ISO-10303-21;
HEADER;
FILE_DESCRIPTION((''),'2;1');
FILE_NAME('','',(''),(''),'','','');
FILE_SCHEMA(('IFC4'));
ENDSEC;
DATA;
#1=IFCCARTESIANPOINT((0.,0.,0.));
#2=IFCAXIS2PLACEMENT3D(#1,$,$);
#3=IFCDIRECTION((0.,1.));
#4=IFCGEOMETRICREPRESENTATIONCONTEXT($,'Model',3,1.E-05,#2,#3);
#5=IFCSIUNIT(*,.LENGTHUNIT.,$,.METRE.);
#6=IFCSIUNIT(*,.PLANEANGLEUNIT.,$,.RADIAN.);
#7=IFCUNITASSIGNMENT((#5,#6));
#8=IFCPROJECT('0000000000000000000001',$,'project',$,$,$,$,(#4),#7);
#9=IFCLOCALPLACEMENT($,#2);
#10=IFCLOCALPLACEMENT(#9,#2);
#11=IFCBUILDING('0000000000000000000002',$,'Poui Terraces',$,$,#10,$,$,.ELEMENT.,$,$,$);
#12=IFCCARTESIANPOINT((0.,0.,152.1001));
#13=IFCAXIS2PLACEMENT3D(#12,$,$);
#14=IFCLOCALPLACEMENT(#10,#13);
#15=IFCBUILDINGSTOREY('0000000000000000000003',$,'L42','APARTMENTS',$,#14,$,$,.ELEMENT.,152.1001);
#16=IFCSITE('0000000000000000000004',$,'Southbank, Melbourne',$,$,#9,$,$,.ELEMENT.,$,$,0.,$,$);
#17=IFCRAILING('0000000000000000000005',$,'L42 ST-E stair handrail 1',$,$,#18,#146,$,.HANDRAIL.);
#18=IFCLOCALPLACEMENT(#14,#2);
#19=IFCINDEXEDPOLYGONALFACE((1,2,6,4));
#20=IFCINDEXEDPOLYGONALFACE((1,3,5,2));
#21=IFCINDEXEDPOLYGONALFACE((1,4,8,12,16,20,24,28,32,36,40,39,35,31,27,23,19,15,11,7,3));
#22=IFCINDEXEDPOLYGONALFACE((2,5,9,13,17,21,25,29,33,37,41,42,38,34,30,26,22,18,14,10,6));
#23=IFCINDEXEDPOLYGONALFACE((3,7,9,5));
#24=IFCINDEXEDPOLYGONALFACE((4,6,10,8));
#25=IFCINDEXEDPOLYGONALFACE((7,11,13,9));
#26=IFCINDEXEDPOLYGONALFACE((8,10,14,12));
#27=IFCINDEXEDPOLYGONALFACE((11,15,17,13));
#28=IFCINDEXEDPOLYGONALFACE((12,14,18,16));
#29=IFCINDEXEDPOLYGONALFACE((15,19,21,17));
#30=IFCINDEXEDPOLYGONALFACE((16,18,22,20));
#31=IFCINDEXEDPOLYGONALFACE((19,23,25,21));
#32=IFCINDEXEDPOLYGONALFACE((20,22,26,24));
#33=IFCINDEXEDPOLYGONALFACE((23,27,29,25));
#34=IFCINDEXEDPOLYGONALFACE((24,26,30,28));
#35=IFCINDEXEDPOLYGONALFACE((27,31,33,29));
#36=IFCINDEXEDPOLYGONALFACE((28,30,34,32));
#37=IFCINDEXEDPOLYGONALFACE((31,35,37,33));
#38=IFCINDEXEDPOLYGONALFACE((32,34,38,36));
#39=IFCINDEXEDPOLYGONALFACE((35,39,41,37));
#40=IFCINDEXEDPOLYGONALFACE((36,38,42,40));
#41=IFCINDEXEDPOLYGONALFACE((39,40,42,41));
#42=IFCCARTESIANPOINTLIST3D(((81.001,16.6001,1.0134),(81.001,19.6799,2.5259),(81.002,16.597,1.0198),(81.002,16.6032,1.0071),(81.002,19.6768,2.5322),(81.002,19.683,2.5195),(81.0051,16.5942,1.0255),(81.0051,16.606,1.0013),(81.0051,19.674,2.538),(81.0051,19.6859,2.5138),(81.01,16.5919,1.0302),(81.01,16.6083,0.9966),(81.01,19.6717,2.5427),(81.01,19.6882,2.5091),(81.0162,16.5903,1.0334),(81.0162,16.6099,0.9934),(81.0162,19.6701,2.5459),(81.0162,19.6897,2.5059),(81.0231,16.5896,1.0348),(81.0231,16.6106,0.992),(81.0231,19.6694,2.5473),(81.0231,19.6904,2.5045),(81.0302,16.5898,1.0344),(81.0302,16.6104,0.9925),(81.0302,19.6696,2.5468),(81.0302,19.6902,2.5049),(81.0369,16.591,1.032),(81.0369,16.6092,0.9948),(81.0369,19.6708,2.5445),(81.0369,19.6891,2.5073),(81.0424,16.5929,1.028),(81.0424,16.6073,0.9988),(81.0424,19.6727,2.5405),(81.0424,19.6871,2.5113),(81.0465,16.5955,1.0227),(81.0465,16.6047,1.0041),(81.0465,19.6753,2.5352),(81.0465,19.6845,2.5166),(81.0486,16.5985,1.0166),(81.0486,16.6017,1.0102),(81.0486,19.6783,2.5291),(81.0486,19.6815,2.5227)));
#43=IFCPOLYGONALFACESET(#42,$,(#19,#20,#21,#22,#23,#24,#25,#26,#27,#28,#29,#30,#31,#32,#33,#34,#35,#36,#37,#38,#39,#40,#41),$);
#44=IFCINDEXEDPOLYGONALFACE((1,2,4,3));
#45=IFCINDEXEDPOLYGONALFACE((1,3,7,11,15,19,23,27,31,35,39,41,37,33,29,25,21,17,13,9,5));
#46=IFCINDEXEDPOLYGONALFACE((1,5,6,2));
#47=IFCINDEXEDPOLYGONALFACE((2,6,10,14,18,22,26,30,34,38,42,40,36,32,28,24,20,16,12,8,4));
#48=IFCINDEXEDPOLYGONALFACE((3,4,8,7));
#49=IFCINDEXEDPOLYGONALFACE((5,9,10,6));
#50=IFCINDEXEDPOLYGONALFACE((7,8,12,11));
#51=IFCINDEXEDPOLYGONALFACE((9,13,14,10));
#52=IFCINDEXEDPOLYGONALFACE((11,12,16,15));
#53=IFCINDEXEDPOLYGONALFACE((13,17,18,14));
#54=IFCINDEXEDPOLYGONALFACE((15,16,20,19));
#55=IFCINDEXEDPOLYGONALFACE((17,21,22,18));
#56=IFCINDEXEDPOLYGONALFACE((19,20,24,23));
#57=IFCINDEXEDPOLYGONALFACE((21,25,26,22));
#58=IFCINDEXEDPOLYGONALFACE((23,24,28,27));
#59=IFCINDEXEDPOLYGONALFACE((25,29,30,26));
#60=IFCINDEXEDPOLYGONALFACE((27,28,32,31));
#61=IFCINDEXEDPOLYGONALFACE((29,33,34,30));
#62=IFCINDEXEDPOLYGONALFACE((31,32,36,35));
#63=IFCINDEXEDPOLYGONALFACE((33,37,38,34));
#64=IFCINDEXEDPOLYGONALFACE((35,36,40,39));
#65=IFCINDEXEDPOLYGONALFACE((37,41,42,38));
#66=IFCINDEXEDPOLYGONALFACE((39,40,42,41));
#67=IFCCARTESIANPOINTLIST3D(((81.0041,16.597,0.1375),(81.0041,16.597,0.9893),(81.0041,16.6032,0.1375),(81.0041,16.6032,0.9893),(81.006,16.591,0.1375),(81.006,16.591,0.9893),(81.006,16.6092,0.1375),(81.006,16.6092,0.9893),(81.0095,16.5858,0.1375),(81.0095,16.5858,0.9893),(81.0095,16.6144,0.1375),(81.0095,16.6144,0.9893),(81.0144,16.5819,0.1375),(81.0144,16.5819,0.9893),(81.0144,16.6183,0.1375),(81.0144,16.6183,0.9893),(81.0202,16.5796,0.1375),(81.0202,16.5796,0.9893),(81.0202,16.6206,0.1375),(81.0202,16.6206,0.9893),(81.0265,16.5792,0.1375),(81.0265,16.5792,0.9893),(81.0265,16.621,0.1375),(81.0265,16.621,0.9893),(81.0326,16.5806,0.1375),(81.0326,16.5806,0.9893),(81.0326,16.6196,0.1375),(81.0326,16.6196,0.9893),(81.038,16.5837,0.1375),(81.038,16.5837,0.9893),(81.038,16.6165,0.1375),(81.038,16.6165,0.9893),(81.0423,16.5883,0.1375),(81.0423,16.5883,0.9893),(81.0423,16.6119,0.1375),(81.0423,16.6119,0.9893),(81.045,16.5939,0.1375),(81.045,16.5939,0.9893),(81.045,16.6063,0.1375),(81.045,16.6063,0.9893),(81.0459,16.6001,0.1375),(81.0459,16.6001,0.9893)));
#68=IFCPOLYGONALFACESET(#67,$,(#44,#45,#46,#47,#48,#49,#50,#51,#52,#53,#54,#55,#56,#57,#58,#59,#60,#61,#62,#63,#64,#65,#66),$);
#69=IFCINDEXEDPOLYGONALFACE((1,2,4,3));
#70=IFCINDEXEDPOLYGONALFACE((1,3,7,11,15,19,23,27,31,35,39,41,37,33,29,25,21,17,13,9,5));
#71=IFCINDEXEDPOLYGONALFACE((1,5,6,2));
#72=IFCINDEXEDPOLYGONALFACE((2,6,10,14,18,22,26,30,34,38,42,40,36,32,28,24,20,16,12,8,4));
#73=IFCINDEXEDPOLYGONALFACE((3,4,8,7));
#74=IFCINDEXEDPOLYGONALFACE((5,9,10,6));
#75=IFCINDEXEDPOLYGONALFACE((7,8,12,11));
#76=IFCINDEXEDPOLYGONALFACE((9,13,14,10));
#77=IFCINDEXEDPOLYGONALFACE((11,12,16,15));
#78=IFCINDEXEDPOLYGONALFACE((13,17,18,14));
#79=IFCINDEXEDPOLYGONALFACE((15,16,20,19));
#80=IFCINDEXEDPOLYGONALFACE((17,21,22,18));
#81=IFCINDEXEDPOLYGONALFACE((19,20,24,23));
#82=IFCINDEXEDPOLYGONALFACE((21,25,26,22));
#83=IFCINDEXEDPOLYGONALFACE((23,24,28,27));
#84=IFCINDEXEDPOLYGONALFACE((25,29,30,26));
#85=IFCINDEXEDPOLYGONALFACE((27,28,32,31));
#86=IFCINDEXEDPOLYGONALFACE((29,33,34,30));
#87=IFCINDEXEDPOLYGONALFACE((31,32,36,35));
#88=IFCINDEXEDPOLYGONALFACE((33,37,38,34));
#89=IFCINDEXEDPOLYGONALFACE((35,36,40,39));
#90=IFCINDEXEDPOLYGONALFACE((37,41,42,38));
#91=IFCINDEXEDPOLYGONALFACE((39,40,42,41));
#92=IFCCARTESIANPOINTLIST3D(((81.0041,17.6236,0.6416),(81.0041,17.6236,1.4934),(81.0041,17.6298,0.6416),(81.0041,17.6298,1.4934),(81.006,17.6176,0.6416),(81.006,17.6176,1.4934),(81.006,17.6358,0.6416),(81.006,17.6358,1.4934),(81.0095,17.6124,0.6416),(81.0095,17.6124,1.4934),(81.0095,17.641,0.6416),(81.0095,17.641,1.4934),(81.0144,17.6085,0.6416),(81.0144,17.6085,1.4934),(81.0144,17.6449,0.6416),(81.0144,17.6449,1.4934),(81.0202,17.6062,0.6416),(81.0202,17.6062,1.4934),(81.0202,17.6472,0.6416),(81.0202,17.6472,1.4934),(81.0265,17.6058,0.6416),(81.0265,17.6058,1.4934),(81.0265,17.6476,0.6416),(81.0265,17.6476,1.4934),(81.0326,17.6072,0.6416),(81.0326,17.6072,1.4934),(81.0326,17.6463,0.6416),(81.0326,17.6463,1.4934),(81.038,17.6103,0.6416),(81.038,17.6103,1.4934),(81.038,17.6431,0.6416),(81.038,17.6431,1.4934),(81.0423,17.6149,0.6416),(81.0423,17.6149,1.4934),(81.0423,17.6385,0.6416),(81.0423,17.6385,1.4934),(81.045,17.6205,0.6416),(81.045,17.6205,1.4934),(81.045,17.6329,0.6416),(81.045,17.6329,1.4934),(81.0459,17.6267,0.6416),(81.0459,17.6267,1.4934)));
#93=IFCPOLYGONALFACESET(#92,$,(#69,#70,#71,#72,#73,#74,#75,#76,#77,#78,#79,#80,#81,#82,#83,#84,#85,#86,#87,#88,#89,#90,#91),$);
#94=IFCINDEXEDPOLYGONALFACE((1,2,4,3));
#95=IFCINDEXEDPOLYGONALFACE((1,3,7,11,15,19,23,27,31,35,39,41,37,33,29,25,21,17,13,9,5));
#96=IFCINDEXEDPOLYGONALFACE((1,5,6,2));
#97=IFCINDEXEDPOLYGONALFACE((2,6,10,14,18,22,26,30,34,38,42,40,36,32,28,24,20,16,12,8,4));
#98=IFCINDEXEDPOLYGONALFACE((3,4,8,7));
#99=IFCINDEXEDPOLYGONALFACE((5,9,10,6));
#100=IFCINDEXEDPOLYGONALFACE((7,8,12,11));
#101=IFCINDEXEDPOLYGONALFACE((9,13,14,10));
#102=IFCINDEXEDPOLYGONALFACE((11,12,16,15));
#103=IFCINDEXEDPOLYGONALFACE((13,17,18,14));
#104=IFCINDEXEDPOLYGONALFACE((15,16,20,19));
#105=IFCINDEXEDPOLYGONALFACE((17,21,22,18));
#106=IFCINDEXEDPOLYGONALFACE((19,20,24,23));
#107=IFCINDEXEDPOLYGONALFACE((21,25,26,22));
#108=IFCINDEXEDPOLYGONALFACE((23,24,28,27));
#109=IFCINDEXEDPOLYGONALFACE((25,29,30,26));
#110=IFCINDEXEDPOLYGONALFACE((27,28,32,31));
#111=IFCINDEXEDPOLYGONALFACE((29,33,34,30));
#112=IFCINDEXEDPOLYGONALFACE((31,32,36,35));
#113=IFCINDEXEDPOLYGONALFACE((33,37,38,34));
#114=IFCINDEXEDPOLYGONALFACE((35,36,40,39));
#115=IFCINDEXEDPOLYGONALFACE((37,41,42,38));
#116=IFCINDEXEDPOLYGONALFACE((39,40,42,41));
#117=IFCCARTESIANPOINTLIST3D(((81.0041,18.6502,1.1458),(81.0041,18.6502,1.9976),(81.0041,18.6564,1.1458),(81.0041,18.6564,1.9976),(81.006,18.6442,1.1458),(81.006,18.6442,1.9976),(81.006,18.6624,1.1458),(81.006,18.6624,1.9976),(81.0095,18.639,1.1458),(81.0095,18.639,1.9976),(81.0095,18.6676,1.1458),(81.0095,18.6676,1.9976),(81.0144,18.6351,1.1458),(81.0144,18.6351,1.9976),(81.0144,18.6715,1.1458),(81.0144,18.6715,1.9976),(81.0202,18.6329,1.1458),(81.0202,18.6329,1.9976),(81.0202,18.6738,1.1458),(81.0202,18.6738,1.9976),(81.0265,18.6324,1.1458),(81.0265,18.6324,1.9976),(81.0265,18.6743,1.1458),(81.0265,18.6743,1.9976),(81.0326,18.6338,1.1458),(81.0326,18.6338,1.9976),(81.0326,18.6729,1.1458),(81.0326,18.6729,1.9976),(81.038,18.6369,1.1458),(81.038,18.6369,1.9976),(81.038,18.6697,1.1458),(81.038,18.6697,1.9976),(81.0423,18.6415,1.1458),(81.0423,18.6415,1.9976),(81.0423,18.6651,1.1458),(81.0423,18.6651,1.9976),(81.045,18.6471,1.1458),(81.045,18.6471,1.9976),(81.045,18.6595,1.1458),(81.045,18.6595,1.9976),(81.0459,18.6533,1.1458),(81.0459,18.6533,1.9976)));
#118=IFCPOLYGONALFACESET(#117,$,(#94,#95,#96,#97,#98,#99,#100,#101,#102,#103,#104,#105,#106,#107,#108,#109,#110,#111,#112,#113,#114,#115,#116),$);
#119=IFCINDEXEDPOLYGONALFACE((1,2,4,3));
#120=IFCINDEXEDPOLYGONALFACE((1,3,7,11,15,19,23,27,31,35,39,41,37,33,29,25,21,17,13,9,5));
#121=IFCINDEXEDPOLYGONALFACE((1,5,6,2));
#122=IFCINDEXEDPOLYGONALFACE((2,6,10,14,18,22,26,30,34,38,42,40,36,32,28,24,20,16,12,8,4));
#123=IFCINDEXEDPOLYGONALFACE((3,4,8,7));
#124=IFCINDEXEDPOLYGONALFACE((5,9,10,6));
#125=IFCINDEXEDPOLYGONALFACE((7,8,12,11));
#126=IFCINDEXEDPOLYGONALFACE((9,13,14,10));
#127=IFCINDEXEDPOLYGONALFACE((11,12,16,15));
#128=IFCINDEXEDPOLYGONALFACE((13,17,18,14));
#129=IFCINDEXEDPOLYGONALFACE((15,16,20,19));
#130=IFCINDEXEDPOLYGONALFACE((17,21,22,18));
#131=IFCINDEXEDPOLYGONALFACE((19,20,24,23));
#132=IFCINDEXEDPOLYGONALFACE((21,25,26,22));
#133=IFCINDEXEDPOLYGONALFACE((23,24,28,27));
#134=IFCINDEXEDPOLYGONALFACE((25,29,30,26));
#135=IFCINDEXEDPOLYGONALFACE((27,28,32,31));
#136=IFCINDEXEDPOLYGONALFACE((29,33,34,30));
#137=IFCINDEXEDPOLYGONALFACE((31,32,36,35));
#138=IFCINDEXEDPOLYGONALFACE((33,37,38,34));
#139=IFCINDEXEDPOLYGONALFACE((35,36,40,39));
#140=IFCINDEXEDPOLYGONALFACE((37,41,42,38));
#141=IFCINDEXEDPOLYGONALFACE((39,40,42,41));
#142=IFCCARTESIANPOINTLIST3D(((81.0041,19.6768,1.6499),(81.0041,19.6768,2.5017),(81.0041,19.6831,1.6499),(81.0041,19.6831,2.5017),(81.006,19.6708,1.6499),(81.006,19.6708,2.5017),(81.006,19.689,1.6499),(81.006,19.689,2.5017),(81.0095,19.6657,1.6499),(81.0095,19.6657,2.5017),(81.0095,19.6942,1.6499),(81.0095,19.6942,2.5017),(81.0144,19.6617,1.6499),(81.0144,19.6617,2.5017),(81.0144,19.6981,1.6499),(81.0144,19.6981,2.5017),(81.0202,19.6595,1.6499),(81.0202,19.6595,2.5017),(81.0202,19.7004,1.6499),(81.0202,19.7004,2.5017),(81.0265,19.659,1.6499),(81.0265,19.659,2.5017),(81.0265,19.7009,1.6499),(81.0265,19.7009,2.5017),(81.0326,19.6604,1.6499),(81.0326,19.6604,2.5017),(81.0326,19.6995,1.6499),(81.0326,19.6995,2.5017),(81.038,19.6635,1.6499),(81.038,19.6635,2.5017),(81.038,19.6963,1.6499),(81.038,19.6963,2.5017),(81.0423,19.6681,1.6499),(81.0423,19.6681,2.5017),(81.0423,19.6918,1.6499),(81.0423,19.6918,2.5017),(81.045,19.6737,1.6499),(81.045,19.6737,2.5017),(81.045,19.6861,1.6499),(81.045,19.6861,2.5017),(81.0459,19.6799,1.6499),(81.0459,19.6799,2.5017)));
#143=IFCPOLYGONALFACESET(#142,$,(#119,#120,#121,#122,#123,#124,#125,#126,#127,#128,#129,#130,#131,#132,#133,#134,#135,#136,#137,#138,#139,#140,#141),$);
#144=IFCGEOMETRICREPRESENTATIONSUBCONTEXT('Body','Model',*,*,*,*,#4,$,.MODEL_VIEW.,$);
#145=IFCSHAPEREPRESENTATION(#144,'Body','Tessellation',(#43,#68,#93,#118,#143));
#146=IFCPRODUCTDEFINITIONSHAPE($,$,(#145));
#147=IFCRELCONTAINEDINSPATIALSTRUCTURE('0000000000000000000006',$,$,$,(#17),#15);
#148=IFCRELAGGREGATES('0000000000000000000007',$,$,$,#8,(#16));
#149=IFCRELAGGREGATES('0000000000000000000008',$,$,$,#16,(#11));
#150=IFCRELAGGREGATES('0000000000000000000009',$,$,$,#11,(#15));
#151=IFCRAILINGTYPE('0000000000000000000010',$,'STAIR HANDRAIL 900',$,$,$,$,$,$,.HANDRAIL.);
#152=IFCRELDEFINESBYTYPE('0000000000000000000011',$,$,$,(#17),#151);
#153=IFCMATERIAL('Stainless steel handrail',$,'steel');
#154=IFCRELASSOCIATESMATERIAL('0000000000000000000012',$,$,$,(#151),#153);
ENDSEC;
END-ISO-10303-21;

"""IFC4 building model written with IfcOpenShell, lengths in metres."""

from ifc_helpers import new_model, si_unit, direction, frame, origin, origin_2d, place, context, subcontext, project, spatial, circle, extrude, material, type_object, element, save


model = new_model("IFC4")

# Units and contexts
model_context = context("Model", 3, precision=1e-05, world=origin(), true_north=direction((0.0, 1.0)))
body_context = subcontext(model_context, "Body", "Model", "MODEL_VIEW")
ifc_project = project(units=[si_unit("LENGTHUNIT", "METRE"), si_unit("PLANEANGLEUNIT", "RADIAN")], contexts=[model_context])

# Site, building, storey
site_placement = place(None, origin())
site = spatial("IfcSite", under=ifc_project, at=site_placement, Name="Southbank, Melbourne", CompositionType="ELEMENT", RefElevation=0.0)
building_placement = place(site_placement, origin())
building = spatial("IfcBuilding", under=site, at=building_placement, Name="Poui Terraces", CompositionType="ELEMENT")
storey_placement = place(building_placement, frame((0.0, 0.0, 152.1001)))
storey = spatial("IfcBuildingStorey", under=building, at=storey_placement, Name="L42", Description="APARTMENTS", CompositionType="ELEMENT", Elevation=152.1001)

# Railing
ifc_material_1 = material(Name="Stainless steel handrail", Category="steel")
railing_type_1 = type_object("IfcRailingType", Name="STAIR HANDRAIL 900", PredefinedType="HANDRAIL", material=ifc_material_1)
railing_1_placement = place(storey_placement, frame((81.0249, 16.6001, 0.1375)))
element("IfcRailing", 1, at=railing_1_placement, inside=storey, type_object=railing_type_1, Name="L42 ST-E stair handrail 1", PredefinedType="HANDRAIL", context=body_context, shape_type="SweptSolid", body=[
    extrude(circle(Radius=0.0239, at=origin_2d()), frame((0.0, 0.0, 0.876), z_axis=(0.0, 0.897606, 0.440798), x_axis=(-1.0, 0.0, 0.0)), (0.0, 0.0, 1.0), 3.4312),
    extrude(circle(Radius=0.021, at=origin_2d()), origin(), (0.0, 0.0, 1.0), 0.8518),
    extrude(circle(Radius=0.021, at=origin_2d()), frame((0.0, 1.0266, 0.5042)), (0.0, 0.0, 1.0), 0.8518),
    extrude(circle(Radius=0.021, at=origin_2d()), frame((0.0, 2.0532, 1.0083)), (0.0, 0.0, 1.0), 0.8518),
    extrude(circle(Radius=0.021, at=origin_2d()), frame((0.0, 3.0798, 1.5125)), (0.0, 0.0, 1.0), 0.8518),
])

save(model, "model.ifc")
